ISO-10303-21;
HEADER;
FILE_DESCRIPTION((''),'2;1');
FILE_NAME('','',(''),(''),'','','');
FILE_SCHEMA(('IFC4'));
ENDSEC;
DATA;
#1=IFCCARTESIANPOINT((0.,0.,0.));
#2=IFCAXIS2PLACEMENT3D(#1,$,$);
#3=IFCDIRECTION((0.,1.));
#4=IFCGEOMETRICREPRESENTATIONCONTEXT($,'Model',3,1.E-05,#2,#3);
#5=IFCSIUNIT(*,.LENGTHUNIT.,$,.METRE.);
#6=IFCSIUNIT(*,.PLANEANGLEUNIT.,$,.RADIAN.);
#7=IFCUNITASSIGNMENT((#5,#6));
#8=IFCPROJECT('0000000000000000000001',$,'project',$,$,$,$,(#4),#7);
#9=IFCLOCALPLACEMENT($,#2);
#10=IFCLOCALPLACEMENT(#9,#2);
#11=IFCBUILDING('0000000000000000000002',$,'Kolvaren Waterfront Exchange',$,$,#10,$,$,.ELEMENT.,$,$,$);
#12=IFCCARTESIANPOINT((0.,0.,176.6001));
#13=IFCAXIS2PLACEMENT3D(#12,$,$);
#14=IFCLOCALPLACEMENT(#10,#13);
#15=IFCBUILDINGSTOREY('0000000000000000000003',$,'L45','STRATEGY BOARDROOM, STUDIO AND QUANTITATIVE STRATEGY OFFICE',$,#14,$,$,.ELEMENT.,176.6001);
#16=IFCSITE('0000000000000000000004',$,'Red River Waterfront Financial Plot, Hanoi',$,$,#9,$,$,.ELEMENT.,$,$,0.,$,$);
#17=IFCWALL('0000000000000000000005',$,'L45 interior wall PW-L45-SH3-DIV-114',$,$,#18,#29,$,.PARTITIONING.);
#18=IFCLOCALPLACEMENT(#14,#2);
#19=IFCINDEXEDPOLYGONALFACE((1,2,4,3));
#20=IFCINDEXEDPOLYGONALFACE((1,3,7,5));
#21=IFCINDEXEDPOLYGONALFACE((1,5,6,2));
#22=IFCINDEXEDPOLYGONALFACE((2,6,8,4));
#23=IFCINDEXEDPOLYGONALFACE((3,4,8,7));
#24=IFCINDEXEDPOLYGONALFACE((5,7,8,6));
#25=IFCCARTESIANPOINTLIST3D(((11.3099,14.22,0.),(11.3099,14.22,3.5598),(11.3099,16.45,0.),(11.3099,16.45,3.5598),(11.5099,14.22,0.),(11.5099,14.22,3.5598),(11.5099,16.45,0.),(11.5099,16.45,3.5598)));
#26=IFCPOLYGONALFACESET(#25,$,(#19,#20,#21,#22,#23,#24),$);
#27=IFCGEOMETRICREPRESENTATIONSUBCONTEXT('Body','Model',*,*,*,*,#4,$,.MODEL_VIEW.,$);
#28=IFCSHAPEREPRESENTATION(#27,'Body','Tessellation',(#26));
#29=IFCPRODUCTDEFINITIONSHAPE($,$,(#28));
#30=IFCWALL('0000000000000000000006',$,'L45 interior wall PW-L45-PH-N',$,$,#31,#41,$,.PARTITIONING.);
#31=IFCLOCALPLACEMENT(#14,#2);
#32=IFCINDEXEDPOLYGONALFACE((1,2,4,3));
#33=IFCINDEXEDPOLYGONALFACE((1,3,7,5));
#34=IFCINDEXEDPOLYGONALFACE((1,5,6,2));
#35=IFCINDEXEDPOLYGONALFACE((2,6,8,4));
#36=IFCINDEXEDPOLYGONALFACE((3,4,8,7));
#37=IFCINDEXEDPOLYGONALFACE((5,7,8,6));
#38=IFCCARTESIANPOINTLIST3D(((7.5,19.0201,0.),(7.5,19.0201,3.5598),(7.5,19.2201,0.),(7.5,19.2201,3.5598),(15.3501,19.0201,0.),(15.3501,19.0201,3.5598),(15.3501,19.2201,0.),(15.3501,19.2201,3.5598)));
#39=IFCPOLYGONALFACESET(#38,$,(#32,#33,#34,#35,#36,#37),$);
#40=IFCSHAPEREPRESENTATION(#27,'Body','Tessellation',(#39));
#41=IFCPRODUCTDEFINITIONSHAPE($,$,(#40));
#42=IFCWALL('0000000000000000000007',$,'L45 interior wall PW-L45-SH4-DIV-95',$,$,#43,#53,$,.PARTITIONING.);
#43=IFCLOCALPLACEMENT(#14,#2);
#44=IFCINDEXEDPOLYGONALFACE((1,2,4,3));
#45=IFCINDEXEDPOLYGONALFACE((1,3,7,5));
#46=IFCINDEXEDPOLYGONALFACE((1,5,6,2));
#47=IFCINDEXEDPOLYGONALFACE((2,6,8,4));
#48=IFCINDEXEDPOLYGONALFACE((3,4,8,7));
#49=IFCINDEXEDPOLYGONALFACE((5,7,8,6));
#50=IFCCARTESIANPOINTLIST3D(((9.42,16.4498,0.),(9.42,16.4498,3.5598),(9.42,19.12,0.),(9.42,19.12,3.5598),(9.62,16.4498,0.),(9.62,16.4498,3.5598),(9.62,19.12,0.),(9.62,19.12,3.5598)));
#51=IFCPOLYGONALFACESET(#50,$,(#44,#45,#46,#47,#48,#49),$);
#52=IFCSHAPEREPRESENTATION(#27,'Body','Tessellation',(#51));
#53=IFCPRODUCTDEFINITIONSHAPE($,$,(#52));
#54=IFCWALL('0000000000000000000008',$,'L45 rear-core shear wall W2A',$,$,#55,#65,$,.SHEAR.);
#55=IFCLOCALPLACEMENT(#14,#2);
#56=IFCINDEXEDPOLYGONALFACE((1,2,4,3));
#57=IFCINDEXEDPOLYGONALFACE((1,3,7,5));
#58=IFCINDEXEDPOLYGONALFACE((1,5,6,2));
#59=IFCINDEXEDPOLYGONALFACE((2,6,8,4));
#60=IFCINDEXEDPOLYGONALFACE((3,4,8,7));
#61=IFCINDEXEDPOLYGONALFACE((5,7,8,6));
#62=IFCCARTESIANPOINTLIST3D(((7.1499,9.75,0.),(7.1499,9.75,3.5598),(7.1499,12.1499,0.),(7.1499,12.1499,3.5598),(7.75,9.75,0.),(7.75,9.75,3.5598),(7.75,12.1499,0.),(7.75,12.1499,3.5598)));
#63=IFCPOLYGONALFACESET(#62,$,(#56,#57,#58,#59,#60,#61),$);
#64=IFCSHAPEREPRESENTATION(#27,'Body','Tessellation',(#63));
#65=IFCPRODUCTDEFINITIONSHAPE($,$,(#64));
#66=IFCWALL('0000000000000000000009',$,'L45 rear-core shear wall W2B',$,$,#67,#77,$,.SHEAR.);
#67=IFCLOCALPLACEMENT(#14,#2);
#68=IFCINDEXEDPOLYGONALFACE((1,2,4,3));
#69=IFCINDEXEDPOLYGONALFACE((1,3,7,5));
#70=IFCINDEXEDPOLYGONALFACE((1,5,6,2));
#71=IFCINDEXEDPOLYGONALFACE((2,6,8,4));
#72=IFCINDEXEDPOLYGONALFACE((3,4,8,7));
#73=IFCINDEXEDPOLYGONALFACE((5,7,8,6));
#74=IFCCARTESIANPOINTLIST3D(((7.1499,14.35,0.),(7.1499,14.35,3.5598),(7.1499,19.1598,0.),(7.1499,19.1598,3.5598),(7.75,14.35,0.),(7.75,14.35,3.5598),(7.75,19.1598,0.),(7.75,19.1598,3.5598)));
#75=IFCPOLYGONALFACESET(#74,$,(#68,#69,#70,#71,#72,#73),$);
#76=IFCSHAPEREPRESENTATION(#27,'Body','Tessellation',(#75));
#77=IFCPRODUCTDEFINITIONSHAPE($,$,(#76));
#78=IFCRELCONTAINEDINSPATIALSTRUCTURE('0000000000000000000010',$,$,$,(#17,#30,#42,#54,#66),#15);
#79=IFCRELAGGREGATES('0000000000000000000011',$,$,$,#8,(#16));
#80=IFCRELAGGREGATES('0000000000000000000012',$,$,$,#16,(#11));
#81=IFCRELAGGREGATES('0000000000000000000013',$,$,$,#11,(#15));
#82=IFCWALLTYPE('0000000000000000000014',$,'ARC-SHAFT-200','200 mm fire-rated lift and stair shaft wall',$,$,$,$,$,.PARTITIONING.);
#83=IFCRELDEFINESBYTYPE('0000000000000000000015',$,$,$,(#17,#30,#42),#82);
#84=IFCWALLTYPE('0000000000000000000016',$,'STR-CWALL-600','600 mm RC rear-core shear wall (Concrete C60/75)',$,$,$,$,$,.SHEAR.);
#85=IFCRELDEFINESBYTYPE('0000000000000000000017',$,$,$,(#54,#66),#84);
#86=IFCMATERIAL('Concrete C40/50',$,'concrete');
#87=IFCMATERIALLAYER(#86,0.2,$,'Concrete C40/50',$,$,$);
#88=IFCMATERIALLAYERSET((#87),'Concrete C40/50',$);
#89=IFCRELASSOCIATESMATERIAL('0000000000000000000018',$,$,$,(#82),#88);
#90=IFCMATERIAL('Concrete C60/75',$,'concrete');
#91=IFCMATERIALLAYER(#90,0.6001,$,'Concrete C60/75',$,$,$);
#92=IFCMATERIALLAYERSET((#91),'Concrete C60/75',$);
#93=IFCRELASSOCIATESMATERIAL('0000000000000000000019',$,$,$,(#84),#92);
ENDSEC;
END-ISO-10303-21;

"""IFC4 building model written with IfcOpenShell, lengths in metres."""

from ifc_helpers import new_model, si_unit, direction, frame, frame_2d, origin, place, context, subcontext, project, spatial, rectangle, extrude, material, layer, layer_set, type_object, element, save


model = new_model("IFC4")

# Units and contexts
model_context = context("Model", 3, precision=1e-05, world=origin(), true_north=direction((0.0, 1.0)))
body_context = subcontext(model_context, "Body", "Model", "MODEL_VIEW")
ifc_project = project(units=[si_unit("LENGTHUNIT", "METRE"), si_unit("PLANEANGLEUNIT", "RADIAN")], contexts=[model_context])

# Site, building, storey
site_placement = place(None, origin())
site = spatial("IfcSite", under=ifc_project, at=site_placement, Name="Red River Waterfront Financial Plot, Hanoi", CompositionType="ELEMENT", RefElevation=0.0)
building_placement = place(site_placement, origin())
building = spatial("IfcBuilding", under=site, at=building_placement, Name="Kolvaren Waterfront Exchange", CompositionType="ELEMENT")
storey_placement = place(building_placement, frame((0.0, 0.0, 176.6001)))
storey = spatial("IfcBuildingStorey", under=building, at=storey_placement, Name="L45", Description="STRATEGY BOARDROOM, STUDIO AND QUANTITATIVE STRATEGY OFFICE", CompositionType="ELEMENT", Elevation=176.6001)

# Shared definitions
ifc_material_1 = material(Name="Concrete C60/75", Category="concrete")

# Shared definitions
ifc_material_2 = material(Name="Concrete C40/50", Category="concrete")
ifc_layer_1 = layer(ifc_material_2, 0.2, Name="Concrete C40/50")
ifc_layer_set_1 = layer_set([ifc_layer_1], Name="Concrete C40/50")
wall_type_1 = type_object("IfcWallType", Name="ARC-SHAFT-200", Description="200 mm fire-rated lift and stair shaft wall", PredefinedType="PARTITIONING", material=ifc_layer_set_1)

# Walls
for number, where, z_axis, x_axis, name in (
    (1, (11.4099, 14.22, 0.0), (0.0, 0.0, 1.0), (0.0, 1.0, 0.0), "L45 interior wall PW-L45-SH3-DIV-114"),
):
    element("IfcWall", number, at=place(storey_placement, frame(where, z_axis=z_axis, x_axis=x_axis)), inside=storey, type_object=wall_type_1, Name=name, PredefinedType="PARTITIONING", context=body_context, shape_type="SweptSolid", body=[
        extrude(rectangle(XDim=2.23, YDim=0.2, at=frame_2d((1.115, 0.0))), origin(), (0.0, 0.0, 1.0), 3.5598),
    ])
wall_1_placement = place(storey_placement, frame((7.5, 19.1201, 0.0), z_axis=(0.0, 0.0, 1.0), x_axis=(1.0, 0.0, 0.0)))
element("IfcWall", 2, at=wall_1_placement, inside=storey, type_object=wall_type_1, Name="L45 interior wall PW-L45-PH-N", PredefinedType="PARTITIONING", context=body_context, shape_type="SweptSolid", body=[
    extrude(rectangle(XDim=7.8501, YDim=0.2, at=frame_2d((3.925, 0.0))), origin(), (0.0, 0.0, 1.0), 3.5598),
])
wall_2_placement = place(storey_placement, frame((9.52, 16.45, 0.0), z_axis=(0.0, 0.0, 1.0), x_axis=(0.0, 1.0, 0.0)))
element("IfcWall", 3, at=wall_2_placement, inside=storey, type_object=wall_type_1, Name="L45 interior wall PW-L45-SH4-DIV-95", PredefinedType="PARTITIONING", context=body_context, shape_type="SweptSolid", body=[
    extrude(rectangle(XDim=2.6702, YDim=0.2, at=frame_2d((1.335, 0.0))), origin(), (0.0, 0.0, 1.0), 3.5598),
])
ifc_layer_2 = layer(ifc_material_1, 0.6001, Name="Concrete C60/75")
ifc_layer_set_2 = layer_set([ifc_layer_2], Name="Concrete C60/75")
wall_type_2 = type_object("IfcWallType", Name="STR-CWALL-600", Description="600 mm RC rear-core shear wall (Concrete C60/75)", PredefinedType="SHEAR", material=ifc_layer_set_2)
wall_3_placement = place(storey_placement, frame((7.45, 9.75, 0.0), z_axis=(0.0, 0.0, 1.0), x_axis=(0.0, 1.0, 0.0)))
element("IfcWall", 4, at=wall_3_placement, inside=storey, type_object=wall_type_2, Name="L45 rear-core shear wall W2A", PredefinedType="SHEAR", context=body_context, shape_type="SweptSolid", body=[
    extrude(rectangle(XDim=2.3999, YDim=0.6001, at=frame_2d((1.2, 0.0))), origin(), (0.0, 0.0, 1.0), 3.5598),
])
wall_4_placement = place(storey_placement, frame((7.45, 14.3501, 0.0), z_axis=(0.0, 0.0, 1.0), x_axis=(0.0, 1.0, 0.0)))
element("IfcWall", 5, at=wall_4_placement, inside=storey, type_object=wall_type_2, Name="L45 rear-core shear wall W2B", PredefinedType="SHEAR", context=body_context, shape_type="SweptSolid", body=[
    extrude(rectangle(XDim=4.8098, YDim=0.6001, at=frame_2d((2.4048, 0.0))), origin(), (0.0, 0.0, 1.0), 3.5598),
])

save(model, "model.ifc")
